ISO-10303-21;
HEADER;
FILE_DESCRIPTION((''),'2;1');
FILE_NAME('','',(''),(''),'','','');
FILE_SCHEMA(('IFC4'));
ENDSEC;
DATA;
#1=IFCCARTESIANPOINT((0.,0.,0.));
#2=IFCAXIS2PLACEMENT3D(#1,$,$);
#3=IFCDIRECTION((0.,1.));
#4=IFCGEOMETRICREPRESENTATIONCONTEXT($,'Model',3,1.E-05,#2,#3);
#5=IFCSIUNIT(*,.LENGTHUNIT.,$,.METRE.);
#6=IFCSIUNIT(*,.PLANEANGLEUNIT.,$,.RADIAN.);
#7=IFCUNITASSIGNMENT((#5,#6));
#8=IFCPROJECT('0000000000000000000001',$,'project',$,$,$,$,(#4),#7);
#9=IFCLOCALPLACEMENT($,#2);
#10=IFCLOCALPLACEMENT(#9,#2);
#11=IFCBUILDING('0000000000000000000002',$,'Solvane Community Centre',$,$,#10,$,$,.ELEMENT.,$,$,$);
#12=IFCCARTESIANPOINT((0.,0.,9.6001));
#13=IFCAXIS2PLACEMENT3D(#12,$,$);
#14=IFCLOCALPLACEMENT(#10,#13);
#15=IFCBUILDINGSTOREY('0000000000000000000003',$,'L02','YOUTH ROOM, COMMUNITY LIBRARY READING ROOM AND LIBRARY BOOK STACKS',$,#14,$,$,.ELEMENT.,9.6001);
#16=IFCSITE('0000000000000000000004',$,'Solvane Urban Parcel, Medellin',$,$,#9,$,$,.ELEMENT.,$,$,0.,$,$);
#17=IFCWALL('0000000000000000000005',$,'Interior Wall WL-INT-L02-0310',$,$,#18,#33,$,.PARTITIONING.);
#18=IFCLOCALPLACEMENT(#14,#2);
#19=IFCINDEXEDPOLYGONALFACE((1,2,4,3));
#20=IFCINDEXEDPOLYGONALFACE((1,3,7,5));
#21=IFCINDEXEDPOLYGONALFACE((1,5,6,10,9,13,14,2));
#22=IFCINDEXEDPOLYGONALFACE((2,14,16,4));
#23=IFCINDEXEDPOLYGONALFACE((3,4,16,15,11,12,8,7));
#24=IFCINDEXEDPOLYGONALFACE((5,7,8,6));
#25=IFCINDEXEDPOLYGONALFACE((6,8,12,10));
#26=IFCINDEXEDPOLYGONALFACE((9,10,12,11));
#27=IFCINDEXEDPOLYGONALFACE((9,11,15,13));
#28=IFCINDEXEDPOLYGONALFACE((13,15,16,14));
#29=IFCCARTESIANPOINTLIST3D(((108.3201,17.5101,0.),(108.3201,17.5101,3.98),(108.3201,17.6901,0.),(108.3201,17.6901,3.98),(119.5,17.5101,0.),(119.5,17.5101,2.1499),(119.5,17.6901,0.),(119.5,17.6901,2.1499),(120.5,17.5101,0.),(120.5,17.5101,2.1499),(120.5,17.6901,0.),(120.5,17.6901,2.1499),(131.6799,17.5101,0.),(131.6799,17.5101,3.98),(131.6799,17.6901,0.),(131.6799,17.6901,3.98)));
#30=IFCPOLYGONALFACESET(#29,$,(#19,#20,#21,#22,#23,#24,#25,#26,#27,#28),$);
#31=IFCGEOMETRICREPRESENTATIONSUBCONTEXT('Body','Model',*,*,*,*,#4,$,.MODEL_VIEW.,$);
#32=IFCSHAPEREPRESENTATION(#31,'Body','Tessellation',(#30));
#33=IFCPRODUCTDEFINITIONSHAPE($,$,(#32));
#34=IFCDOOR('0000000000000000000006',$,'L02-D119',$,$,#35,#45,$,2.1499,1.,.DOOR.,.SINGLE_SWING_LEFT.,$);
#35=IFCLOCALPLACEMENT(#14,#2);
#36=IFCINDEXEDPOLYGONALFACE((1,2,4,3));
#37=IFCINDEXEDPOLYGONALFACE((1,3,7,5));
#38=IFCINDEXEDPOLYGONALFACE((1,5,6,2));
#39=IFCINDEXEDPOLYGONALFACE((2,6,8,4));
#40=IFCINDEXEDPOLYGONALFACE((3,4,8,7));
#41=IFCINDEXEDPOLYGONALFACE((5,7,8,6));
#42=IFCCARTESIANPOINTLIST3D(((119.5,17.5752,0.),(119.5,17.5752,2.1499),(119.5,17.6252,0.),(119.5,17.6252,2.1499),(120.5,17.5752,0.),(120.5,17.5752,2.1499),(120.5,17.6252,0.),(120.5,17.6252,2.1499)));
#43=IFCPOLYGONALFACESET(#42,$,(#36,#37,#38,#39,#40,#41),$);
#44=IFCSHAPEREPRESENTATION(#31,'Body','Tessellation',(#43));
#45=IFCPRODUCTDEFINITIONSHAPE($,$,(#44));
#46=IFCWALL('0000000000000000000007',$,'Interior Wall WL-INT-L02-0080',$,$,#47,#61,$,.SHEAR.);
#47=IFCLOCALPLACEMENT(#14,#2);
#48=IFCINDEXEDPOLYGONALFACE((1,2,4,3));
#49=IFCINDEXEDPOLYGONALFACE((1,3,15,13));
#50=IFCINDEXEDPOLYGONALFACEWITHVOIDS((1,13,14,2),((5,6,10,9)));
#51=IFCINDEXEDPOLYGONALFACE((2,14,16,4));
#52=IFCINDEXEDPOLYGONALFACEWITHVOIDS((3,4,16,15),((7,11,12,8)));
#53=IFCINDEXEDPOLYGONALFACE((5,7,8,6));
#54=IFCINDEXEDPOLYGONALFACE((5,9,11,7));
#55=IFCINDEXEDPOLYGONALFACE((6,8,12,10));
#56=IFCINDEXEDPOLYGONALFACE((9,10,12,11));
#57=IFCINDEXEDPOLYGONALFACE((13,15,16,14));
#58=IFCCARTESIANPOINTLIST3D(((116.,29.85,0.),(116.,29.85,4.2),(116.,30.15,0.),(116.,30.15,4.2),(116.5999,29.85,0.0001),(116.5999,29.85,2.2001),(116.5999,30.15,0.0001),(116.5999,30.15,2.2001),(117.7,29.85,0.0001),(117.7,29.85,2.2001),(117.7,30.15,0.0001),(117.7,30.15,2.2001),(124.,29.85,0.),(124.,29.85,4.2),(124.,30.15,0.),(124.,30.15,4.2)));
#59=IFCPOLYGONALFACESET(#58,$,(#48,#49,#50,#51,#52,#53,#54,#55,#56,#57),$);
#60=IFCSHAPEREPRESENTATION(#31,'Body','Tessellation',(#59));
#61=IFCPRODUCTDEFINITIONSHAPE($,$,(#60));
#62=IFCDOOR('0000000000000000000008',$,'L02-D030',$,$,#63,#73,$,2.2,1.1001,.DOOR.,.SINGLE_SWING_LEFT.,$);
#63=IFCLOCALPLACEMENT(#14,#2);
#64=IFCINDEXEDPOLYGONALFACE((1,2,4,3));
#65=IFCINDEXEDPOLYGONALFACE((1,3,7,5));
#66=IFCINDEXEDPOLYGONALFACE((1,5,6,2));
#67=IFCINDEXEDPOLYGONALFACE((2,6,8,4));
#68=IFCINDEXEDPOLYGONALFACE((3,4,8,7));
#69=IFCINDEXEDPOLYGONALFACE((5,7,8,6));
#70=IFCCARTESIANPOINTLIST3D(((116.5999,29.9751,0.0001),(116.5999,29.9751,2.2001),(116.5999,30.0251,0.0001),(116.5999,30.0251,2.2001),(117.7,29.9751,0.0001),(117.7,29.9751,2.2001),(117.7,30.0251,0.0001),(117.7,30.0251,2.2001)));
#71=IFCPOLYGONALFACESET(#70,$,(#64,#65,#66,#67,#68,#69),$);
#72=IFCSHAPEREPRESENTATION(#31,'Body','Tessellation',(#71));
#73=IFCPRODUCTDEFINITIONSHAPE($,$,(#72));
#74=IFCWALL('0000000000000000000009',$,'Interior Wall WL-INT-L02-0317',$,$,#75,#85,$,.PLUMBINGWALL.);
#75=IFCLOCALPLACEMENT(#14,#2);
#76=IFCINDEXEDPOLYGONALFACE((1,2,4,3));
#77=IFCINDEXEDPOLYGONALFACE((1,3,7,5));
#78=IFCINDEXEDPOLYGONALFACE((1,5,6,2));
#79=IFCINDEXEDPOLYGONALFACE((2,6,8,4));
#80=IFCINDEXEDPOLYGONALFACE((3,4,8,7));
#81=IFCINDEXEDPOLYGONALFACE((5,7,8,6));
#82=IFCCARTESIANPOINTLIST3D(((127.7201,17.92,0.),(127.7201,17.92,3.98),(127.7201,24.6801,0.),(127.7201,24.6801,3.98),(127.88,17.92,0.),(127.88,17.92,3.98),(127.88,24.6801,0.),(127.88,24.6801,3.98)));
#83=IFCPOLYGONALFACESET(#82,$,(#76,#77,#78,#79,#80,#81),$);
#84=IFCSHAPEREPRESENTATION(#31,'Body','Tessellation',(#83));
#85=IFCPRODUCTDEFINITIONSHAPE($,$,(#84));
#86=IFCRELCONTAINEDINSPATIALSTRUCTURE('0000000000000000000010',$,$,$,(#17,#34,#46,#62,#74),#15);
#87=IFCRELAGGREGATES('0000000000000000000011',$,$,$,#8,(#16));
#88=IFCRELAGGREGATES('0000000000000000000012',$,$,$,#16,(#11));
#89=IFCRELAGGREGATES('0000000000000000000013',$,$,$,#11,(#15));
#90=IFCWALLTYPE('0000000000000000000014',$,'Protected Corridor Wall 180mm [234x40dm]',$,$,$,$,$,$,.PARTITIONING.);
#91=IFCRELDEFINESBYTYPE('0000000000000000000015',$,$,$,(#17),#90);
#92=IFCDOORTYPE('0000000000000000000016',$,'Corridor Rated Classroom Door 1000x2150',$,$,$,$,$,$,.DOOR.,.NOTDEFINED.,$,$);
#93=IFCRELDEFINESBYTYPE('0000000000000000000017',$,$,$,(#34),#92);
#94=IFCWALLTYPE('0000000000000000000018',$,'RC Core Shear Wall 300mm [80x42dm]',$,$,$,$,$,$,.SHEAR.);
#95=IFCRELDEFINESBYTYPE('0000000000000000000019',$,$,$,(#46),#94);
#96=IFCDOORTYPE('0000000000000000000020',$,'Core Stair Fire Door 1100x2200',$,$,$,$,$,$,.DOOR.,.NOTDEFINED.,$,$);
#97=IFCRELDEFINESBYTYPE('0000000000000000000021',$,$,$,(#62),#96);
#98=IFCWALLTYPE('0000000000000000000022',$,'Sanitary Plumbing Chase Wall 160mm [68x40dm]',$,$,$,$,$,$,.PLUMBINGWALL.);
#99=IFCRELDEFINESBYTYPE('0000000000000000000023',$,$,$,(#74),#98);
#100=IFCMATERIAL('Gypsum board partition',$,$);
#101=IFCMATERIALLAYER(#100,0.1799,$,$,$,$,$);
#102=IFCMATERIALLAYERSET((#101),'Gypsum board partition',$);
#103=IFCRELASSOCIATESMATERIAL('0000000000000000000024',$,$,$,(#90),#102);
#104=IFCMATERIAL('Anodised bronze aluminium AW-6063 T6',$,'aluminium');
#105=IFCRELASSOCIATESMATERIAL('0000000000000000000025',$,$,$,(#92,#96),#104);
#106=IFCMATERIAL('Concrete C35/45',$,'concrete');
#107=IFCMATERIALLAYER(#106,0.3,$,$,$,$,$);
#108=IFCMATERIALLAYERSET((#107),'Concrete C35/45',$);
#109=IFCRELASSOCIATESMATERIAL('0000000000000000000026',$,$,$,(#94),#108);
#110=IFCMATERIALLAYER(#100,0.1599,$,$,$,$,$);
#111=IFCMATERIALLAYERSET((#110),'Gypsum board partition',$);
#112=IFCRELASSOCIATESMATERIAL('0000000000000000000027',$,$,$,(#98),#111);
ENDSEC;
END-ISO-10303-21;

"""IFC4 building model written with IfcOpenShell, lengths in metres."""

from ifc_helpers import new_model, si_unit, direction, frame, frame_2d, origin, place, context, subcontext, project, spatial, rectangle, extrude, material, layer, layer_set, type_object, element, fill, save


model = new_model("IFC4")

# Units and contexts
model_context = context("Model", 3, precision=1e-05, world=origin(), true_north=direction((0.0, 1.0)))
body_context = subcontext(model_context, "Body", "Model", "MODEL_VIEW")
ifc_project = project(units=[si_unit("LENGTHUNIT", "METRE"), si_unit("PLANEANGLEUNIT", "RADIAN")], contexts=[model_context])

# Site, building, storey
site_placement = place(None, origin())
site = spatial("IfcSite", under=ifc_project, at=site_placement, Name="Solvane Urban Parcel, Medellin", CompositionType="ELEMENT", RefElevation=0.0)
building_placement = place(site_placement, origin())
building = spatial("IfcBuilding", under=site, at=building_placement, Name="Solvane Community Centre", CompositionType="ELEMENT")
storey_placement = place(building_placement, frame((0.0, 0.0, 9.6001)))
storey = spatial("IfcBuildingStorey", under=building, at=storey_placement, Name="L02", Description="YOUTH ROOM, COMMUNITY LIBRARY READING ROOM AND LIBRARY BOOK STACKS", CompositionType="ELEMENT", Elevation=9.6001)

# Shared definitions
ifc_material_1 = material(Name="Concrete C35/45", Category="concrete")

# Walls, openings, doors
ifc_material_2 = material(Name="Gypsum board partition")
ifc_layer_1 = layer(ifc_material_2, 0.1799)
ifc_layer_set_1 = layer_set([ifc_layer_1], Name="Gypsum board partition")
wall_type_1 = type_object("IfcWallType", Name="Protected Corridor Wall 180mm [234x40dm]", PredefinedType="PARTITIONING", material=ifc_layer_set_1)
wall_1_placement = place(storey_placement, frame((131.6799, 17.6001, 0.0), z_axis=(0.0, 0.0, 1.0), x_axis=(-1.0, 0.0, 0.0)))
wall_1 = element("IfcWall", 1, at=wall_1_placement, inside=storey, type_object=wall_type_1, Name="Interior Wall WL-INT-L02-0310", PredefinedType="PARTITIONING", context=body_context, shape_type="SweptSolid", body=[
    extrude(rectangle(XDim=23.3599, YDim=0.1799, at=frame_2d((11.6799, 0.0))), origin(), (0.0, 0.0, 1.0), 3.98),
])
opening_1_placement = place(wall_1_placement, frame((11.1799, 0.0, 0.0)))
opening_1 = element("IfcOpeningElement", 2, at=opening_1_placement, cuts=wall_1, PredefinedType="OPENING", context=body_context, shape_type="SweptSolid", body=[
    extrude(rectangle(XDim=1.0, YDim=2.1499, at=frame_2d((0.5, 1.075))), frame((0.0, 0.0999, 0.0), z_axis=(0.0, -1.0, 0.0), x_axis=(1.0, 0.0, 0.0)), (0.0, 0.0, 1.0), 0.2),
])
ifc_material_3 = material(Name="Anodised bronze aluminium AW-6063 T6", Category="aluminium")
door_type_1 = type_object("IfcDoorType", Name="Corridor Rated Classroom Door 1000x2150", OperationType="NOTDEFINED", PredefinedType="DOOR", material=ifc_material_3)
door_1_placement = place(opening_1_placement, origin())
door_1 = element("IfcDoor", 3, at=door_1_placement, inside=storey, type_object=door_type_1, Name="L02-D119", OperationType="SINGLE_SWING_LEFT", OverallHeight=2.1499, OverallWidth=1.0, PredefinedType="DOOR", context=body_context, shape_type="SweptSolid", body=[
    extrude(rectangle(XDim=1.0, YDim=2.1499, at=frame_2d((0.5, 1.075))), frame((0.0, 0.0249, 0.0), z_axis=(0.0, -1.0, 0.0), x_axis=(1.0, 0.0, 0.0)), (0.0, 0.0, 1.0), 0.05),
])
fill(opening_1, door_1)
ifc_layer_2 = layer(ifc_material_1, 0.3)
ifc_layer_set_2 = layer_set([ifc_layer_2], Name="Concrete C35/45")
wall_type_2 = type_object("IfcWallType", Name="RC Core Shear Wall 300mm [80x42dm]", PredefinedType="SHEAR", material=ifc_layer_set_2)
wall_2_placement = place(storey_placement, frame((124.0, 30.0, 0.0), z_axis=(0.0, 0.0, 1.0), x_axis=(-1.0, 0.0, 0.0)))
wall_2 = element("IfcWall", 4, at=wall_2_placement, inside=storey, type_object=wall_type_2, Name="Interior Wall WL-INT-L02-0080", PredefinedType="SHEAR", context=body_context, shape_type="SweptSolid", body=[
    extrude(rectangle(XDim=8.0, YDim=0.3, at=frame_2d((4.0, 0.0))), origin(), (0.0, 0.0, 1.0), 4.2),
])
opening_2_placement = place(wall_2_placement, frame((6.3, 0.0, 0.0)))
opening_2 = element("IfcOpeningElement", 5, at=opening_2_placement, cuts=wall_2, PredefinedType="OPENING", context=body_context, shape_type="SweptSolid", body=[
    extrude(rectangle(XDim=1.1001, YDim=2.2, at=frame_2d((0.55, 1.1001))), frame((0.0, 0.1599, 0.0), z_axis=(0.0, -1.0, 0.0), x_axis=(1.0, 0.0, 0.0)), (0.0, 0.0, 1.0), 0.3201),
])
door_type_2 = type_object("IfcDoorType", Name="Core Stair Fire Door 1100x2200", OperationType="NOTDEFINED", PredefinedType="DOOR", material=ifc_material_3)
door_2_placement = place(opening_2_placement, origin())
door_2 = element("IfcDoor", 6, at=door_2_placement, inside=storey, type_object=door_type_2, Name="L02-D030", OperationType="SINGLE_SWING_LEFT", OverallHeight=2.2, OverallWidth=1.1001, PredefinedType="DOOR", context=body_context, shape_type="SweptSolid", body=[
    extrude(rectangle(XDim=1.1001, YDim=2.2, at=frame_2d((0.55, 1.1001))), frame((0.0, 0.0249, 0.0), z_axis=(0.0, -1.0, 0.0), x_axis=(1.0, 0.0, 0.0)), (0.0, 0.0, 1.0), 0.05),
])
fill(opening_2, door_2)

# Wall
ifc_layer_3 = layer(ifc_material_2, 0.1599)
ifc_layer_set_3 = layer_set([ifc_layer_3], Name="Gypsum board partition")
wall_type_3 = type_object("IfcWallType", Name="Sanitary Plumbing Chase Wall 160mm [68x40dm]", PredefinedType="PLUMBINGWALL", material=ifc_layer_set_3)
wall_3_placement = place(storey_placement, frame((127.8, 24.6799, 0.0), z_axis=(0.0, 0.0, 1.0), x_axis=(0.0, -1.0, 0.0)))
element("IfcWall", 7, at=wall_3_placement, inside=storey, type_object=wall_type_3, Name="Interior Wall WL-INT-L02-0317", PredefinedType="PLUMBINGWALL", context=body_context, shape_type="SweptSolid", body=[
    extrude(rectangle(XDim=6.76, YDim=0.1599, at=frame_2d((3.3799, 0.0))), origin(), (0.0, 0.0, 1.0), 3.98),
])

save(model, "model.ifc")
